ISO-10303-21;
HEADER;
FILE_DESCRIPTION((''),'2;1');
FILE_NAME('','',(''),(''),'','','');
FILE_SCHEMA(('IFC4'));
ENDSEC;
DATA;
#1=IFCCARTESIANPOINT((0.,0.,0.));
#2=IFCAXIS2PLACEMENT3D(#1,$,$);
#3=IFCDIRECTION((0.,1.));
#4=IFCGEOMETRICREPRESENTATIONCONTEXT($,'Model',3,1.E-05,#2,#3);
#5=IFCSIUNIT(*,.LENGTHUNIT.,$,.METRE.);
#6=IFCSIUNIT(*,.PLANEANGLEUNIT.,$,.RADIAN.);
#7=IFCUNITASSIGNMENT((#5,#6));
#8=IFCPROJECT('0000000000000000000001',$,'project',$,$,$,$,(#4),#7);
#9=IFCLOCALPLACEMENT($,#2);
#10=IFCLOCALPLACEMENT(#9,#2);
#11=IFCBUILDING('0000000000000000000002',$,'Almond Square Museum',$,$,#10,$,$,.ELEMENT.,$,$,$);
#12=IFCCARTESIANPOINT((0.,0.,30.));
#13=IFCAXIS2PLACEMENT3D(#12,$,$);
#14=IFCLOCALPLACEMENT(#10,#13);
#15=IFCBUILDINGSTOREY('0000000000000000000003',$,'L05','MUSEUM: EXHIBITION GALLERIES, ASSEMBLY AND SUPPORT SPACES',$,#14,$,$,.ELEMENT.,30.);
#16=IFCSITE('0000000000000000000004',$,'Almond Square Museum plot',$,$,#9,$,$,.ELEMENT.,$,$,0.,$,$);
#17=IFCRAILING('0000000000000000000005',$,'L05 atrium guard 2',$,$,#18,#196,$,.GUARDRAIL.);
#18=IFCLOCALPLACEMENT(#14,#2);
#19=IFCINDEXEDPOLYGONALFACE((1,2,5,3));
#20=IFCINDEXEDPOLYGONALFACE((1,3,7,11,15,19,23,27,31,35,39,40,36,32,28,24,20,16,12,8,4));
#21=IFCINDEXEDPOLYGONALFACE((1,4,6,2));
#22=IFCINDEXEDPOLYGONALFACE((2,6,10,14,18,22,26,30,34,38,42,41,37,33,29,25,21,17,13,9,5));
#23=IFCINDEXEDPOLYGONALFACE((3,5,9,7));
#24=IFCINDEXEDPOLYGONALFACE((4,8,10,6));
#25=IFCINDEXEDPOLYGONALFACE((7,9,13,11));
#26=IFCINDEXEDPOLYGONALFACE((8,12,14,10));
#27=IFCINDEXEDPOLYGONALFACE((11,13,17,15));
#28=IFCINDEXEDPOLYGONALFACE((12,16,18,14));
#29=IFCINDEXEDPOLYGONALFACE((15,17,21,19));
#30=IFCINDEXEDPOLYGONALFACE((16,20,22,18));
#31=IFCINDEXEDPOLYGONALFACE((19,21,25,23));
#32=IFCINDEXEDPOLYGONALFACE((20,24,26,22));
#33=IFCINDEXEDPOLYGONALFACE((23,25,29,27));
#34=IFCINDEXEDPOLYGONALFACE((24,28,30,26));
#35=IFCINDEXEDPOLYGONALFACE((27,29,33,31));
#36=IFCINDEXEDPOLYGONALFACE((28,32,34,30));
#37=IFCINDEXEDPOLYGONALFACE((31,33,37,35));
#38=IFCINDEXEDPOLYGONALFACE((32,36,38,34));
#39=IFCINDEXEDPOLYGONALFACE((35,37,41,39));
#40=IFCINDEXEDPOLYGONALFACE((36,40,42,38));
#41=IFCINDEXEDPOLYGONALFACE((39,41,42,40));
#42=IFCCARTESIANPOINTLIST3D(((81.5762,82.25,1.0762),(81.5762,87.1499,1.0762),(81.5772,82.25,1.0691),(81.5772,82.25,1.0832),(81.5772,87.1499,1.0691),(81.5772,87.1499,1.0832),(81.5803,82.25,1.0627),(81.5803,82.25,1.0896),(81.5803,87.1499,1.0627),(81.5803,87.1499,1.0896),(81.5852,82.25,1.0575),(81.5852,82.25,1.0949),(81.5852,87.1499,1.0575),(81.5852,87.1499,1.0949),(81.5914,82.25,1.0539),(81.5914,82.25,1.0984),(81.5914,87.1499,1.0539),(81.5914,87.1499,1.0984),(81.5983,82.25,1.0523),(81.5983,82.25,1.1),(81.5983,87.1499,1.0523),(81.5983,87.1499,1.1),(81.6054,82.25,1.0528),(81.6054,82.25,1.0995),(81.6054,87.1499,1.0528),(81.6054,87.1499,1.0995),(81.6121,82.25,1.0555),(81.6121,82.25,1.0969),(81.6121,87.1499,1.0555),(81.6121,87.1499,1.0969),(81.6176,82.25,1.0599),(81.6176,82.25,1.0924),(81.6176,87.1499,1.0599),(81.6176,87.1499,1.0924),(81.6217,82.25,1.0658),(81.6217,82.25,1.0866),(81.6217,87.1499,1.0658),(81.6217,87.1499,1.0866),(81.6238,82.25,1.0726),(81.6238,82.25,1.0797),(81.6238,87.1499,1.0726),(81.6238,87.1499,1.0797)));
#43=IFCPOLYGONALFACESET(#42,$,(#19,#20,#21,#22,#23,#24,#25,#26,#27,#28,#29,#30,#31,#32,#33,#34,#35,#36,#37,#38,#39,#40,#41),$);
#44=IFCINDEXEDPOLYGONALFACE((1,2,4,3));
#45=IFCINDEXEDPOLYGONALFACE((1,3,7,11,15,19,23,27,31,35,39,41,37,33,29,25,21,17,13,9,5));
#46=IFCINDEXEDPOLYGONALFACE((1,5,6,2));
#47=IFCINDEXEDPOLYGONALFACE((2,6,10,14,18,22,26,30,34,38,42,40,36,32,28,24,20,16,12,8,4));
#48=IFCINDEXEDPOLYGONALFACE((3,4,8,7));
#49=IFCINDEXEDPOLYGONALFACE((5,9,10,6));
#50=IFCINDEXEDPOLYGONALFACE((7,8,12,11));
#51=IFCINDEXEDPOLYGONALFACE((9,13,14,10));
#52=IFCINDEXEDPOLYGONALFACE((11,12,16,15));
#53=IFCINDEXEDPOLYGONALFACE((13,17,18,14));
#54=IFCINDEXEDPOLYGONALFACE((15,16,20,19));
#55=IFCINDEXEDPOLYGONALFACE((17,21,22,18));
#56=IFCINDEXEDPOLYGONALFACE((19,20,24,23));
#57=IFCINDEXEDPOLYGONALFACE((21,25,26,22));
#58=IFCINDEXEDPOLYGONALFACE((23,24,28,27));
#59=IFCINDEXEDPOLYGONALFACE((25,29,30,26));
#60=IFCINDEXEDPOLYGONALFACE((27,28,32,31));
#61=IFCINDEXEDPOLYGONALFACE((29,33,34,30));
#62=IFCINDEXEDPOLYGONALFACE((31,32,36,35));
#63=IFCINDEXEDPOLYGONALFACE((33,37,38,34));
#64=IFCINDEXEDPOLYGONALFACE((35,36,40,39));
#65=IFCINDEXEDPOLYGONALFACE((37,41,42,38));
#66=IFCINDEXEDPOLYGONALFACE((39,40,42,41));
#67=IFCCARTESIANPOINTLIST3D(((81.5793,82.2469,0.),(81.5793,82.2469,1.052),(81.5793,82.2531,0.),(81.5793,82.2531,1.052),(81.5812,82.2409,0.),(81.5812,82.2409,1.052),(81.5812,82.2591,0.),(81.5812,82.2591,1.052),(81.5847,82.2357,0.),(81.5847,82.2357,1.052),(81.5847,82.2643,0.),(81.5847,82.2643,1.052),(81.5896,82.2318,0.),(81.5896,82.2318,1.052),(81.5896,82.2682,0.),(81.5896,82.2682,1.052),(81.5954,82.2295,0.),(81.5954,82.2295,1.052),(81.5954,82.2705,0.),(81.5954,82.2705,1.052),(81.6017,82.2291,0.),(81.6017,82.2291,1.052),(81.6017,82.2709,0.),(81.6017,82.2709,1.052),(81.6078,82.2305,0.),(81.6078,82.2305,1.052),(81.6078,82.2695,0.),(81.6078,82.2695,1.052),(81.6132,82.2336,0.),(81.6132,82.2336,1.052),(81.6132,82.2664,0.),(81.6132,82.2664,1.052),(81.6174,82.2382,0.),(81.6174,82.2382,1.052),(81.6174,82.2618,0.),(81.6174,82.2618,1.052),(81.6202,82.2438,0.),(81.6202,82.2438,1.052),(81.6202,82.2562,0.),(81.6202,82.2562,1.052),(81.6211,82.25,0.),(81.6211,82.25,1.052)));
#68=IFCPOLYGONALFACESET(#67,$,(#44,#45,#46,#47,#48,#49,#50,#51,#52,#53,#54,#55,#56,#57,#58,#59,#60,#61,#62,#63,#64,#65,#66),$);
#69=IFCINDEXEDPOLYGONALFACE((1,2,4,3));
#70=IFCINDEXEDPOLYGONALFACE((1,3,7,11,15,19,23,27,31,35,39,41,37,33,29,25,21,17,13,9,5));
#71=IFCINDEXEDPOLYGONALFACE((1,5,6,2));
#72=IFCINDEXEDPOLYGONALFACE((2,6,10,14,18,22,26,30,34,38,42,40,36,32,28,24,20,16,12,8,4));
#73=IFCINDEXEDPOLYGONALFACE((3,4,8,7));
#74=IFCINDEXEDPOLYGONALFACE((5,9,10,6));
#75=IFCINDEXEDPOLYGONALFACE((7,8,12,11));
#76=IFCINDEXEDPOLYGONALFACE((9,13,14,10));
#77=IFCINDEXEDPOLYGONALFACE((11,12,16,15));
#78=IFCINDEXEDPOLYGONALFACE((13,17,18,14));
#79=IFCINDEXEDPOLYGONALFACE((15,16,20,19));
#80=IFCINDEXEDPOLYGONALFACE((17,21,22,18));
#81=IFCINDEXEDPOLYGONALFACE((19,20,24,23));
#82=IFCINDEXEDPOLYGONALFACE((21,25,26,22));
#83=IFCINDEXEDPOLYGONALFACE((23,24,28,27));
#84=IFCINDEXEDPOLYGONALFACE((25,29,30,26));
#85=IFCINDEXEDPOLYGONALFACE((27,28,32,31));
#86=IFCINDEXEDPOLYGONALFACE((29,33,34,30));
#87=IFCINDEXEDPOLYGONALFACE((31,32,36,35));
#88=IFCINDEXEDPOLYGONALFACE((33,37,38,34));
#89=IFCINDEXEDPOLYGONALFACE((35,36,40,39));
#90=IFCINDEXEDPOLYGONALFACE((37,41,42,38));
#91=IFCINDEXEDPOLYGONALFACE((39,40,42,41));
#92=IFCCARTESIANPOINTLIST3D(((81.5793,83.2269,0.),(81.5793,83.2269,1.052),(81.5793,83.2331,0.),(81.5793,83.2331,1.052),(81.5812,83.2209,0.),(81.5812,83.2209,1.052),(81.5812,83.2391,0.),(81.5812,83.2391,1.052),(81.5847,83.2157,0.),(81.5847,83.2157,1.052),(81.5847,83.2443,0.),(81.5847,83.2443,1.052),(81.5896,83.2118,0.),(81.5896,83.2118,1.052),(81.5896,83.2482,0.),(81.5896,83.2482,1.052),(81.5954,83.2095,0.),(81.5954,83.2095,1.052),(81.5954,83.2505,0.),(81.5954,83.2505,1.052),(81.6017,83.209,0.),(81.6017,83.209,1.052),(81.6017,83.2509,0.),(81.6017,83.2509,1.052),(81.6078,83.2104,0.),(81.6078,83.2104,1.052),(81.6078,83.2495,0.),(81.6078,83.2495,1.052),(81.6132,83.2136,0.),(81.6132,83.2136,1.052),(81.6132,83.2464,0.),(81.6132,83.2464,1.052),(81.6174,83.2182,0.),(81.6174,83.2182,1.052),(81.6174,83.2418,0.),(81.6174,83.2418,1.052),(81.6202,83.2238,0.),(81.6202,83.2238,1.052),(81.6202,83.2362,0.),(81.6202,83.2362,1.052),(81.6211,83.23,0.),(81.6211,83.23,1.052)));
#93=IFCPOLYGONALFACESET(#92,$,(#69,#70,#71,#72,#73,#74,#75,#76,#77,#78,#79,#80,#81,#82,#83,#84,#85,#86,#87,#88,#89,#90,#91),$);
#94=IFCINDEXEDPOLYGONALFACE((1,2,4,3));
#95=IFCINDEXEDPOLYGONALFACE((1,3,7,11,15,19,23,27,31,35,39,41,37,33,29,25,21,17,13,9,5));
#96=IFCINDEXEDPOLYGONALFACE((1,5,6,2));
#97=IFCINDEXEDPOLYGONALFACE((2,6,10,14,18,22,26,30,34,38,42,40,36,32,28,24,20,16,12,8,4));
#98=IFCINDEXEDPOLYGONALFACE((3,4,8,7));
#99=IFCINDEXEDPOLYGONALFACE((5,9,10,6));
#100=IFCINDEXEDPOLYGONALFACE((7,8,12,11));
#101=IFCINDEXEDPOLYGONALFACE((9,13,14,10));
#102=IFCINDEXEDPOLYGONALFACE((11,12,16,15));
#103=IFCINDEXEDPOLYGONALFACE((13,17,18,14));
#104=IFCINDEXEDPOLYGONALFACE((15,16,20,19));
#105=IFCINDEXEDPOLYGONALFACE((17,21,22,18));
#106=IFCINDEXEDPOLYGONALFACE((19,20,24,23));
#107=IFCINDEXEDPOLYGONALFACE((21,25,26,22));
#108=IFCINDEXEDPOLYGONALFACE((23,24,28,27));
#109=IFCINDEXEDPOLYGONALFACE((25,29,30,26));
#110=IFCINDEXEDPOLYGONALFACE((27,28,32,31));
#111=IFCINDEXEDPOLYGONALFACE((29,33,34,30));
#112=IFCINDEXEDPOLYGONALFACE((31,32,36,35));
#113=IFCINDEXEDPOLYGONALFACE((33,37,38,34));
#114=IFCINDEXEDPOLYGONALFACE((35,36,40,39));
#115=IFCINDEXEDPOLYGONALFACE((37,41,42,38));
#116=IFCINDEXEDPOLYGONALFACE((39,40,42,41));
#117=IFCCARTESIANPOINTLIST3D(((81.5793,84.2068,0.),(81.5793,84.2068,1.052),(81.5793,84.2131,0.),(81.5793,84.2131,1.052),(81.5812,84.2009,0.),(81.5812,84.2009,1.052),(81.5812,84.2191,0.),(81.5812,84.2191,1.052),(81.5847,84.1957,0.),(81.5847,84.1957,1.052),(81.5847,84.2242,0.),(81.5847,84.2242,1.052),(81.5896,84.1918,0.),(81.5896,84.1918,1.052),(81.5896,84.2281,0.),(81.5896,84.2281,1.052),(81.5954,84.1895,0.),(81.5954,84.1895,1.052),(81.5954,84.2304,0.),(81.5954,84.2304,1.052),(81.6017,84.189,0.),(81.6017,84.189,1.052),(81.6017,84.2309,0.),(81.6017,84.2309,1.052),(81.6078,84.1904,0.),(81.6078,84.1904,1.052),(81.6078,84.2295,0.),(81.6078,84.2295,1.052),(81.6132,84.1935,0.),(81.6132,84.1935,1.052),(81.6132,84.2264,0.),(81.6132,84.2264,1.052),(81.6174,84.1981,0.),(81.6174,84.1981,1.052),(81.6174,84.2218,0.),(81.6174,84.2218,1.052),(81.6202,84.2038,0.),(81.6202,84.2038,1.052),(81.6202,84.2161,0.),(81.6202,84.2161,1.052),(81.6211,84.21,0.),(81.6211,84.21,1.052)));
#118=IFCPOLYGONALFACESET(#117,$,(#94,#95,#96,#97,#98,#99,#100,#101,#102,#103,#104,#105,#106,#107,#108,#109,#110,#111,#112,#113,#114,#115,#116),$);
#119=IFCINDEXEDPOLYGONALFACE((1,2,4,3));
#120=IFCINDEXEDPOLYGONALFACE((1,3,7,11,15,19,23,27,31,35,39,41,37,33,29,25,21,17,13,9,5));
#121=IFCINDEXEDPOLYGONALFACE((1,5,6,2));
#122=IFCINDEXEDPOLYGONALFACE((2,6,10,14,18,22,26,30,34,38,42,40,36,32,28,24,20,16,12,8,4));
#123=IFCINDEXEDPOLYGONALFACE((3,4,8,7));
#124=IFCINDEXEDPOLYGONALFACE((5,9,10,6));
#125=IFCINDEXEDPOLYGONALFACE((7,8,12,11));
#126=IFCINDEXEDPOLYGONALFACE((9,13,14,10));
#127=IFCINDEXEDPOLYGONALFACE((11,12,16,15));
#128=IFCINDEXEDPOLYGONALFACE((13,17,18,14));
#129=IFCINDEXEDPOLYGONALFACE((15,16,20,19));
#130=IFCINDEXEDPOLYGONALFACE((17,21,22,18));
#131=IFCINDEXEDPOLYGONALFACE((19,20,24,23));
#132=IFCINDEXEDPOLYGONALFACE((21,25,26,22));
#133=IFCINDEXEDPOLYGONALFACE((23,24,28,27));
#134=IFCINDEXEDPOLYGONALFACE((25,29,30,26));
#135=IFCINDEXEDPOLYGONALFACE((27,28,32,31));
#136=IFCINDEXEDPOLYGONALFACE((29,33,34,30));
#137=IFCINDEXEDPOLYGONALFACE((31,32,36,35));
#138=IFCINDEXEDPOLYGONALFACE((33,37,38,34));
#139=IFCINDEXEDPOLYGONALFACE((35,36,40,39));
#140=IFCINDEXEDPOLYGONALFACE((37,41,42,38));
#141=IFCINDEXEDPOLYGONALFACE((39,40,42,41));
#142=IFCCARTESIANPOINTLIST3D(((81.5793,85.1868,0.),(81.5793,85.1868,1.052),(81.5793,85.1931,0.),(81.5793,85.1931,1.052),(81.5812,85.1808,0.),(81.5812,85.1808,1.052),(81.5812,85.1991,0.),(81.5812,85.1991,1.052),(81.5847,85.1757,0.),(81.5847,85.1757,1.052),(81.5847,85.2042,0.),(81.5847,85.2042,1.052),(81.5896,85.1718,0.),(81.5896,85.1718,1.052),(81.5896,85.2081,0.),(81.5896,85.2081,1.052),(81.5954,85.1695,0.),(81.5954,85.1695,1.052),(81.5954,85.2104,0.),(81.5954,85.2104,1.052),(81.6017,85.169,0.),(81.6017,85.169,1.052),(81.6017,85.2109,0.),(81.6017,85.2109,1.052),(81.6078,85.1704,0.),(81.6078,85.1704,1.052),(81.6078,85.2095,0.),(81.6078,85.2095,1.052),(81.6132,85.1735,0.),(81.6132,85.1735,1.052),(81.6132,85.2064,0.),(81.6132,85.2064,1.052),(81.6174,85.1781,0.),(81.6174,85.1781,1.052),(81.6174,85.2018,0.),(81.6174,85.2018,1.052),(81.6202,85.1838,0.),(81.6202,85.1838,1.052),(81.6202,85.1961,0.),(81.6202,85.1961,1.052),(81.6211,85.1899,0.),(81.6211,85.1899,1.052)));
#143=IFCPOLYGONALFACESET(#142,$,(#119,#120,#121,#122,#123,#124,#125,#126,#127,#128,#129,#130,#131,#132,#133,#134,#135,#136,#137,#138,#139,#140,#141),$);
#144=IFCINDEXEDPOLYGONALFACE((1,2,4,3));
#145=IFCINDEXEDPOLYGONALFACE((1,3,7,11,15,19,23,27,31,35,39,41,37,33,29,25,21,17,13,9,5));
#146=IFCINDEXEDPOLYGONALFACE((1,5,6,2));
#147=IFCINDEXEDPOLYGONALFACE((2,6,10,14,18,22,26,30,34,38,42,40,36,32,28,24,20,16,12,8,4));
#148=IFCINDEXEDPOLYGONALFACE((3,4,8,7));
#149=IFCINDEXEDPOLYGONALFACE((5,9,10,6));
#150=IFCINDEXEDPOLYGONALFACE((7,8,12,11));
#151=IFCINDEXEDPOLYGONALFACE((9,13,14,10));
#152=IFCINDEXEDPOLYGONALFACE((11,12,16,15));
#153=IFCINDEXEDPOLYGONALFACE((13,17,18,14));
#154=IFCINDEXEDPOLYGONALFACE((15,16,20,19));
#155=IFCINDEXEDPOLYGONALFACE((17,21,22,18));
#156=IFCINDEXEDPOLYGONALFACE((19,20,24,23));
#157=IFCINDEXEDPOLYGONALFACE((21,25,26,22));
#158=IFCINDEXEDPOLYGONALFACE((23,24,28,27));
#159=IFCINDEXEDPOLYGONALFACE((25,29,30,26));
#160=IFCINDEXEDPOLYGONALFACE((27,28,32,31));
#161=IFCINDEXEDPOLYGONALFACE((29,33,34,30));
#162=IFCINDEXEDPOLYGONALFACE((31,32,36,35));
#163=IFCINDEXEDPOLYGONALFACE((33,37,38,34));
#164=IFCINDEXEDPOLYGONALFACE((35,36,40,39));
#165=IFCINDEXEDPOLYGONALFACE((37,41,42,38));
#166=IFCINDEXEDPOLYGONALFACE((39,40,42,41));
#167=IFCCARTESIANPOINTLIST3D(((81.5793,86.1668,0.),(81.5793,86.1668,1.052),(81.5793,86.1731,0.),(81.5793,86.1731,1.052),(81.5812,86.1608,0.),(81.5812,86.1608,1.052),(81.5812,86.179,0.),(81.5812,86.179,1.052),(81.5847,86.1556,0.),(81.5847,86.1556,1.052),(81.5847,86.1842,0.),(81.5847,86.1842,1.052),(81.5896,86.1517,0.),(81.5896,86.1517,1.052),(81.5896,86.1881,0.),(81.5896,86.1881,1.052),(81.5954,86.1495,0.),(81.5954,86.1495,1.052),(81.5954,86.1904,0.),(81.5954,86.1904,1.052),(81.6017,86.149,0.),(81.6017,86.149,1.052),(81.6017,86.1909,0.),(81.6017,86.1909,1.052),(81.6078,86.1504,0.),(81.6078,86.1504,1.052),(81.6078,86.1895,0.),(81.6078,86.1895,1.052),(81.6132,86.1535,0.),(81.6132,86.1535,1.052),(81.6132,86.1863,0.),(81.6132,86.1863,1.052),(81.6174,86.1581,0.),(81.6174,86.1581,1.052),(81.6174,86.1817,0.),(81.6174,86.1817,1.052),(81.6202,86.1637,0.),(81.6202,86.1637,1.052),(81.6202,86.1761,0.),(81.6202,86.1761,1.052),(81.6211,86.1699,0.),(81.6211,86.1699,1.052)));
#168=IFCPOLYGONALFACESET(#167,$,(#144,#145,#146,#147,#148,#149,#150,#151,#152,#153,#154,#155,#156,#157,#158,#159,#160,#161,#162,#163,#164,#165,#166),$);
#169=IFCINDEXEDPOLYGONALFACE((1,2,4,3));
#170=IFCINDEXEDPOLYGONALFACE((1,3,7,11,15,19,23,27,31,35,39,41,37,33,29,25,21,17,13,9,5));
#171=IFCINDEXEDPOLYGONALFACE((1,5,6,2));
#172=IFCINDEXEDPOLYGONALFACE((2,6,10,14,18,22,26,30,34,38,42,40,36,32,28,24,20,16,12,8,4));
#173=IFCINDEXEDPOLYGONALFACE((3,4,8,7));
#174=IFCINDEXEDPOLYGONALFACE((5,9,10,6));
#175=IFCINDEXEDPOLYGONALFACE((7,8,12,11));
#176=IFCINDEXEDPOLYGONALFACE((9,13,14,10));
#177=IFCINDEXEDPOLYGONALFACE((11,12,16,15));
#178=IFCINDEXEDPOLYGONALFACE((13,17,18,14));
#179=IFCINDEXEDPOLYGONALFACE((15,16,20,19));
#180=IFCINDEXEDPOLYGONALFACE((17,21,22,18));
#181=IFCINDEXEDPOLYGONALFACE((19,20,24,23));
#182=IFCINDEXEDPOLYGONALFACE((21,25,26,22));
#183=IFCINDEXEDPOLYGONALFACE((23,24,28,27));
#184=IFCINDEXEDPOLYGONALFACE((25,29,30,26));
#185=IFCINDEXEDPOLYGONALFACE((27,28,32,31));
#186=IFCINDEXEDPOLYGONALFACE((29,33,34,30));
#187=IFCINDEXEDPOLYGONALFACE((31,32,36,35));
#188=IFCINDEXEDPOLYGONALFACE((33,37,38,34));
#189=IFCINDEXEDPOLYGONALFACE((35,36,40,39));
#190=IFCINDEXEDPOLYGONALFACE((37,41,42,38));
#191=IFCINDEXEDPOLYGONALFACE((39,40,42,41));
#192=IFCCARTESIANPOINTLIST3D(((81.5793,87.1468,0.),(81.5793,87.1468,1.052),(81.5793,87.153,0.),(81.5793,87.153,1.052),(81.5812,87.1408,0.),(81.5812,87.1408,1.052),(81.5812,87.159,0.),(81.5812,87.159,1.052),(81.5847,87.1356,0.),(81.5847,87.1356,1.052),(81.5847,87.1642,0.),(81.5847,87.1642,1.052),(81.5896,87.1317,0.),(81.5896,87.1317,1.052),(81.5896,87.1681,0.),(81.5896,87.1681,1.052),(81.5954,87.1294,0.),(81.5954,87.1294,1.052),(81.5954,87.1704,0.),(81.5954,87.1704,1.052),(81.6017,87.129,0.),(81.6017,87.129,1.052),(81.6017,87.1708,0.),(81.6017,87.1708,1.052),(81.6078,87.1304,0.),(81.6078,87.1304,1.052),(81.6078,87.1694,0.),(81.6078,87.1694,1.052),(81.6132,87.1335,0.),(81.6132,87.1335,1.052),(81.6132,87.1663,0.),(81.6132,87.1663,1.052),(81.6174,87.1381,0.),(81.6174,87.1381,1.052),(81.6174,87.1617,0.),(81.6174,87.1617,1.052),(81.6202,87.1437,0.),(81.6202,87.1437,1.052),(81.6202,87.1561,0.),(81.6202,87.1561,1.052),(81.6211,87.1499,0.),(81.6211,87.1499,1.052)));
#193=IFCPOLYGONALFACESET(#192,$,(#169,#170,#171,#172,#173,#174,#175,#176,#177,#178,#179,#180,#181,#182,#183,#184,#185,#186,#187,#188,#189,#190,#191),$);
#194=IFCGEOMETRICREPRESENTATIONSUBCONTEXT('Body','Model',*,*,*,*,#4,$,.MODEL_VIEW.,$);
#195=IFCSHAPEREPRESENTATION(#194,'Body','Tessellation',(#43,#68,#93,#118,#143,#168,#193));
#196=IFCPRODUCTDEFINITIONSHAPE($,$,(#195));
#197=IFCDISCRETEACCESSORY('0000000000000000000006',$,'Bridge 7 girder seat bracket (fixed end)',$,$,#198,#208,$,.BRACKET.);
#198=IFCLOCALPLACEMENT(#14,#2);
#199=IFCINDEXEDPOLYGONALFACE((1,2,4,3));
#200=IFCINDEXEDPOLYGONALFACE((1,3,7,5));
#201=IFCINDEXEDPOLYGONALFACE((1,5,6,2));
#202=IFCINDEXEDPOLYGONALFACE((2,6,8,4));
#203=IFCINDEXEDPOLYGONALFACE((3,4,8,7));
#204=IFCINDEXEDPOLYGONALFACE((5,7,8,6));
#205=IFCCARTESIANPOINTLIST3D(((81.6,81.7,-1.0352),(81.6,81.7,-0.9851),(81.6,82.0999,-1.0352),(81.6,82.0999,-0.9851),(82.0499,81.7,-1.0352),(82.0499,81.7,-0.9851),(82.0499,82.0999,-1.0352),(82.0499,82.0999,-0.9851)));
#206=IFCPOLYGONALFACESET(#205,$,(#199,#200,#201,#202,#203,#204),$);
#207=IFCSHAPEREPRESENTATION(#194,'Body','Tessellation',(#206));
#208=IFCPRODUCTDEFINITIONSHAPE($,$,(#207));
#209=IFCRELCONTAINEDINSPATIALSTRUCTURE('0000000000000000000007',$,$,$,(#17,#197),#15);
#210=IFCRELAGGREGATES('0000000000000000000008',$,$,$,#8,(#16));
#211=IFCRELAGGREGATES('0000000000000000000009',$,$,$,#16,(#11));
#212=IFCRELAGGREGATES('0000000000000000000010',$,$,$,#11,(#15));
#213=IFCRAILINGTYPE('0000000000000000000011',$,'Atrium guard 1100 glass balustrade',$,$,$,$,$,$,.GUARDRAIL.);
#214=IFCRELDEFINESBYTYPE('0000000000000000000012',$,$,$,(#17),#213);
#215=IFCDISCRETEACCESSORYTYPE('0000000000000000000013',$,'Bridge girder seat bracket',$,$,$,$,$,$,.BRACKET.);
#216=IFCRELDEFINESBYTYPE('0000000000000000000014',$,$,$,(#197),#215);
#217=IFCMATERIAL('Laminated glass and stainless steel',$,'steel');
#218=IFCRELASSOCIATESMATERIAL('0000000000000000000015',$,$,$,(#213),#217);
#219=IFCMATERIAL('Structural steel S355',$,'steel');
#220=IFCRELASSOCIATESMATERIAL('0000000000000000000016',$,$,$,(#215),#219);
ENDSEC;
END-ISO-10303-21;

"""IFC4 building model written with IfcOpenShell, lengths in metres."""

from ifc_helpers import new_model, si_unit, direction, frame, origin, origin_2d, place, context, subcontext, project, spatial, rectangle, circle, extrude, material, type_object, element, save


model = new_model("IFC4")

# Units and contexts
model_context = context("Model", 3, precision=1e-05, world=origin(), true_north=direction((0.0, 1.0)))
body_context = subcontext(model_context, "Body", "Model", "MODEL_VIEW")
ifc_project = project(units=[si_unit("LENGTHUNIT", "METRE"), si_unit("PLANEANGLEUNIT", "RADIAN")], contexts=[model_context])

# Site, building, storey
site_placement = place(None, origin())
site = spatial("IfcSite", under=ifc_project, at=site_placement, Name="Almond Square Museum plot", CompositionType="ELEMENT", RefElevation=0.0)
building_placement = place(site_placement, origin())
building = spatial("IfcBuilding", under=site, at=building_placement, Name="Almond Square Museum", CompositionType="ELEMENT")
storey_placement = place(building_placement, frame((0.0, 0.0, 30.0)))
storey = spatial("IfcBuildingStorey", under=building, at=storey_placement, Name="L05", Description="MUSEUM: EXHIBITION GALLERIES, ASSEMBLY AND SUPPORT SPACES", CompositionType="ELEMENT", Elevation=30.0)

# Railing
ifc_material_1 = material(Name="Laminated glass and stainless steel", Category="steel")
railing_type = type_object("IfcRailingType", Name="Atrium guard 1100 glass balustrade", PredefinedType="GUARDRAIL", material=ifc_material_1)
railing_placement = place(storey_placement, frame((81.6001, 82.25, 0.0)))
element("IfcRailing", 1, at=railing_placement, inside=storey, type_object=railing_type, Name="L05 atrium guard 2", PredefinedType="GUARDRAIL", context=body_context, shape_type="SweptSolid", body=[
    extrude(circle(Radius=0.0239, at=origin_2d()), frame((0.0, 0.0, 1.0762), z_axis=(0.0, 1.0, 0.0), x_axis=(-1.0, 0.0, 0.0)), (0.0, 0.0, 1.0), 4.8999),
    extrude(circle(Radius=0.021, at=origin_2d()), origin(), (0.0, 0.0, 1.0), 1.052),
    extrude(circle(Radius=0.021, at=origin_2d()), frame((0.0, 0.98, 0.0)), (0.0, 0.0, 1.0), 1.052),
    extrude(circle(Radius=0.021, at=origin_2d()), frame((0.0, 1.96, 0.0)), (0.0, 0.0, 1.0), 1.052),
    extrude(circle(Radius=0.021, at=origin_2d()), frame((0.0, 2.9399, 0.0)), (0.0, 0.0, 1.0), 1.052),
    extrude(circle(Radius=0.021, at=origin_2d()), frame((0.0, 3.9199, 0.0)), (0.0, 0.0, 1.0), 1.052),
    extrude(circle(Radius=0.021, at=origin_2d()), frame((0.0, 4.8999, 0.0)), (0.0, 0.0, 1.0), 1.052),
])

# Discrete accessory
ifc_material_2 = material(Name="Structural steel S355", Category="steel")
discrete_accessory_type = type_object("IfcDiscreteAccessoryType", Name="Bridge girder seat bracket", PredefinedType="BRACKET", material=ifc_material_2)
discrete_accessory_placement = place(storey_placement, frame((81.825, 81.8999, -1.0352), z_axis=(0.0, 0.0, 1.0), x_axis=(1.0, 0.0, 0.0)))
element("IfcDiscreteAccessory", 2, at=discrete_accessory_placement, inside=storey, type_object=discrete_accessory_type, Name="Bridge 7 girder seat bracket (fixed end)", PredefinedType="BRACKET", context=body_context, shape_type="SweptSolid", body=[
    extrude(rectangle(XDim=0.45, YDim=0.3999, at=origin_2d()), origin(), (0.0, 0.0, 1.0), 0.05),
])

save(model, "model.ifc")
